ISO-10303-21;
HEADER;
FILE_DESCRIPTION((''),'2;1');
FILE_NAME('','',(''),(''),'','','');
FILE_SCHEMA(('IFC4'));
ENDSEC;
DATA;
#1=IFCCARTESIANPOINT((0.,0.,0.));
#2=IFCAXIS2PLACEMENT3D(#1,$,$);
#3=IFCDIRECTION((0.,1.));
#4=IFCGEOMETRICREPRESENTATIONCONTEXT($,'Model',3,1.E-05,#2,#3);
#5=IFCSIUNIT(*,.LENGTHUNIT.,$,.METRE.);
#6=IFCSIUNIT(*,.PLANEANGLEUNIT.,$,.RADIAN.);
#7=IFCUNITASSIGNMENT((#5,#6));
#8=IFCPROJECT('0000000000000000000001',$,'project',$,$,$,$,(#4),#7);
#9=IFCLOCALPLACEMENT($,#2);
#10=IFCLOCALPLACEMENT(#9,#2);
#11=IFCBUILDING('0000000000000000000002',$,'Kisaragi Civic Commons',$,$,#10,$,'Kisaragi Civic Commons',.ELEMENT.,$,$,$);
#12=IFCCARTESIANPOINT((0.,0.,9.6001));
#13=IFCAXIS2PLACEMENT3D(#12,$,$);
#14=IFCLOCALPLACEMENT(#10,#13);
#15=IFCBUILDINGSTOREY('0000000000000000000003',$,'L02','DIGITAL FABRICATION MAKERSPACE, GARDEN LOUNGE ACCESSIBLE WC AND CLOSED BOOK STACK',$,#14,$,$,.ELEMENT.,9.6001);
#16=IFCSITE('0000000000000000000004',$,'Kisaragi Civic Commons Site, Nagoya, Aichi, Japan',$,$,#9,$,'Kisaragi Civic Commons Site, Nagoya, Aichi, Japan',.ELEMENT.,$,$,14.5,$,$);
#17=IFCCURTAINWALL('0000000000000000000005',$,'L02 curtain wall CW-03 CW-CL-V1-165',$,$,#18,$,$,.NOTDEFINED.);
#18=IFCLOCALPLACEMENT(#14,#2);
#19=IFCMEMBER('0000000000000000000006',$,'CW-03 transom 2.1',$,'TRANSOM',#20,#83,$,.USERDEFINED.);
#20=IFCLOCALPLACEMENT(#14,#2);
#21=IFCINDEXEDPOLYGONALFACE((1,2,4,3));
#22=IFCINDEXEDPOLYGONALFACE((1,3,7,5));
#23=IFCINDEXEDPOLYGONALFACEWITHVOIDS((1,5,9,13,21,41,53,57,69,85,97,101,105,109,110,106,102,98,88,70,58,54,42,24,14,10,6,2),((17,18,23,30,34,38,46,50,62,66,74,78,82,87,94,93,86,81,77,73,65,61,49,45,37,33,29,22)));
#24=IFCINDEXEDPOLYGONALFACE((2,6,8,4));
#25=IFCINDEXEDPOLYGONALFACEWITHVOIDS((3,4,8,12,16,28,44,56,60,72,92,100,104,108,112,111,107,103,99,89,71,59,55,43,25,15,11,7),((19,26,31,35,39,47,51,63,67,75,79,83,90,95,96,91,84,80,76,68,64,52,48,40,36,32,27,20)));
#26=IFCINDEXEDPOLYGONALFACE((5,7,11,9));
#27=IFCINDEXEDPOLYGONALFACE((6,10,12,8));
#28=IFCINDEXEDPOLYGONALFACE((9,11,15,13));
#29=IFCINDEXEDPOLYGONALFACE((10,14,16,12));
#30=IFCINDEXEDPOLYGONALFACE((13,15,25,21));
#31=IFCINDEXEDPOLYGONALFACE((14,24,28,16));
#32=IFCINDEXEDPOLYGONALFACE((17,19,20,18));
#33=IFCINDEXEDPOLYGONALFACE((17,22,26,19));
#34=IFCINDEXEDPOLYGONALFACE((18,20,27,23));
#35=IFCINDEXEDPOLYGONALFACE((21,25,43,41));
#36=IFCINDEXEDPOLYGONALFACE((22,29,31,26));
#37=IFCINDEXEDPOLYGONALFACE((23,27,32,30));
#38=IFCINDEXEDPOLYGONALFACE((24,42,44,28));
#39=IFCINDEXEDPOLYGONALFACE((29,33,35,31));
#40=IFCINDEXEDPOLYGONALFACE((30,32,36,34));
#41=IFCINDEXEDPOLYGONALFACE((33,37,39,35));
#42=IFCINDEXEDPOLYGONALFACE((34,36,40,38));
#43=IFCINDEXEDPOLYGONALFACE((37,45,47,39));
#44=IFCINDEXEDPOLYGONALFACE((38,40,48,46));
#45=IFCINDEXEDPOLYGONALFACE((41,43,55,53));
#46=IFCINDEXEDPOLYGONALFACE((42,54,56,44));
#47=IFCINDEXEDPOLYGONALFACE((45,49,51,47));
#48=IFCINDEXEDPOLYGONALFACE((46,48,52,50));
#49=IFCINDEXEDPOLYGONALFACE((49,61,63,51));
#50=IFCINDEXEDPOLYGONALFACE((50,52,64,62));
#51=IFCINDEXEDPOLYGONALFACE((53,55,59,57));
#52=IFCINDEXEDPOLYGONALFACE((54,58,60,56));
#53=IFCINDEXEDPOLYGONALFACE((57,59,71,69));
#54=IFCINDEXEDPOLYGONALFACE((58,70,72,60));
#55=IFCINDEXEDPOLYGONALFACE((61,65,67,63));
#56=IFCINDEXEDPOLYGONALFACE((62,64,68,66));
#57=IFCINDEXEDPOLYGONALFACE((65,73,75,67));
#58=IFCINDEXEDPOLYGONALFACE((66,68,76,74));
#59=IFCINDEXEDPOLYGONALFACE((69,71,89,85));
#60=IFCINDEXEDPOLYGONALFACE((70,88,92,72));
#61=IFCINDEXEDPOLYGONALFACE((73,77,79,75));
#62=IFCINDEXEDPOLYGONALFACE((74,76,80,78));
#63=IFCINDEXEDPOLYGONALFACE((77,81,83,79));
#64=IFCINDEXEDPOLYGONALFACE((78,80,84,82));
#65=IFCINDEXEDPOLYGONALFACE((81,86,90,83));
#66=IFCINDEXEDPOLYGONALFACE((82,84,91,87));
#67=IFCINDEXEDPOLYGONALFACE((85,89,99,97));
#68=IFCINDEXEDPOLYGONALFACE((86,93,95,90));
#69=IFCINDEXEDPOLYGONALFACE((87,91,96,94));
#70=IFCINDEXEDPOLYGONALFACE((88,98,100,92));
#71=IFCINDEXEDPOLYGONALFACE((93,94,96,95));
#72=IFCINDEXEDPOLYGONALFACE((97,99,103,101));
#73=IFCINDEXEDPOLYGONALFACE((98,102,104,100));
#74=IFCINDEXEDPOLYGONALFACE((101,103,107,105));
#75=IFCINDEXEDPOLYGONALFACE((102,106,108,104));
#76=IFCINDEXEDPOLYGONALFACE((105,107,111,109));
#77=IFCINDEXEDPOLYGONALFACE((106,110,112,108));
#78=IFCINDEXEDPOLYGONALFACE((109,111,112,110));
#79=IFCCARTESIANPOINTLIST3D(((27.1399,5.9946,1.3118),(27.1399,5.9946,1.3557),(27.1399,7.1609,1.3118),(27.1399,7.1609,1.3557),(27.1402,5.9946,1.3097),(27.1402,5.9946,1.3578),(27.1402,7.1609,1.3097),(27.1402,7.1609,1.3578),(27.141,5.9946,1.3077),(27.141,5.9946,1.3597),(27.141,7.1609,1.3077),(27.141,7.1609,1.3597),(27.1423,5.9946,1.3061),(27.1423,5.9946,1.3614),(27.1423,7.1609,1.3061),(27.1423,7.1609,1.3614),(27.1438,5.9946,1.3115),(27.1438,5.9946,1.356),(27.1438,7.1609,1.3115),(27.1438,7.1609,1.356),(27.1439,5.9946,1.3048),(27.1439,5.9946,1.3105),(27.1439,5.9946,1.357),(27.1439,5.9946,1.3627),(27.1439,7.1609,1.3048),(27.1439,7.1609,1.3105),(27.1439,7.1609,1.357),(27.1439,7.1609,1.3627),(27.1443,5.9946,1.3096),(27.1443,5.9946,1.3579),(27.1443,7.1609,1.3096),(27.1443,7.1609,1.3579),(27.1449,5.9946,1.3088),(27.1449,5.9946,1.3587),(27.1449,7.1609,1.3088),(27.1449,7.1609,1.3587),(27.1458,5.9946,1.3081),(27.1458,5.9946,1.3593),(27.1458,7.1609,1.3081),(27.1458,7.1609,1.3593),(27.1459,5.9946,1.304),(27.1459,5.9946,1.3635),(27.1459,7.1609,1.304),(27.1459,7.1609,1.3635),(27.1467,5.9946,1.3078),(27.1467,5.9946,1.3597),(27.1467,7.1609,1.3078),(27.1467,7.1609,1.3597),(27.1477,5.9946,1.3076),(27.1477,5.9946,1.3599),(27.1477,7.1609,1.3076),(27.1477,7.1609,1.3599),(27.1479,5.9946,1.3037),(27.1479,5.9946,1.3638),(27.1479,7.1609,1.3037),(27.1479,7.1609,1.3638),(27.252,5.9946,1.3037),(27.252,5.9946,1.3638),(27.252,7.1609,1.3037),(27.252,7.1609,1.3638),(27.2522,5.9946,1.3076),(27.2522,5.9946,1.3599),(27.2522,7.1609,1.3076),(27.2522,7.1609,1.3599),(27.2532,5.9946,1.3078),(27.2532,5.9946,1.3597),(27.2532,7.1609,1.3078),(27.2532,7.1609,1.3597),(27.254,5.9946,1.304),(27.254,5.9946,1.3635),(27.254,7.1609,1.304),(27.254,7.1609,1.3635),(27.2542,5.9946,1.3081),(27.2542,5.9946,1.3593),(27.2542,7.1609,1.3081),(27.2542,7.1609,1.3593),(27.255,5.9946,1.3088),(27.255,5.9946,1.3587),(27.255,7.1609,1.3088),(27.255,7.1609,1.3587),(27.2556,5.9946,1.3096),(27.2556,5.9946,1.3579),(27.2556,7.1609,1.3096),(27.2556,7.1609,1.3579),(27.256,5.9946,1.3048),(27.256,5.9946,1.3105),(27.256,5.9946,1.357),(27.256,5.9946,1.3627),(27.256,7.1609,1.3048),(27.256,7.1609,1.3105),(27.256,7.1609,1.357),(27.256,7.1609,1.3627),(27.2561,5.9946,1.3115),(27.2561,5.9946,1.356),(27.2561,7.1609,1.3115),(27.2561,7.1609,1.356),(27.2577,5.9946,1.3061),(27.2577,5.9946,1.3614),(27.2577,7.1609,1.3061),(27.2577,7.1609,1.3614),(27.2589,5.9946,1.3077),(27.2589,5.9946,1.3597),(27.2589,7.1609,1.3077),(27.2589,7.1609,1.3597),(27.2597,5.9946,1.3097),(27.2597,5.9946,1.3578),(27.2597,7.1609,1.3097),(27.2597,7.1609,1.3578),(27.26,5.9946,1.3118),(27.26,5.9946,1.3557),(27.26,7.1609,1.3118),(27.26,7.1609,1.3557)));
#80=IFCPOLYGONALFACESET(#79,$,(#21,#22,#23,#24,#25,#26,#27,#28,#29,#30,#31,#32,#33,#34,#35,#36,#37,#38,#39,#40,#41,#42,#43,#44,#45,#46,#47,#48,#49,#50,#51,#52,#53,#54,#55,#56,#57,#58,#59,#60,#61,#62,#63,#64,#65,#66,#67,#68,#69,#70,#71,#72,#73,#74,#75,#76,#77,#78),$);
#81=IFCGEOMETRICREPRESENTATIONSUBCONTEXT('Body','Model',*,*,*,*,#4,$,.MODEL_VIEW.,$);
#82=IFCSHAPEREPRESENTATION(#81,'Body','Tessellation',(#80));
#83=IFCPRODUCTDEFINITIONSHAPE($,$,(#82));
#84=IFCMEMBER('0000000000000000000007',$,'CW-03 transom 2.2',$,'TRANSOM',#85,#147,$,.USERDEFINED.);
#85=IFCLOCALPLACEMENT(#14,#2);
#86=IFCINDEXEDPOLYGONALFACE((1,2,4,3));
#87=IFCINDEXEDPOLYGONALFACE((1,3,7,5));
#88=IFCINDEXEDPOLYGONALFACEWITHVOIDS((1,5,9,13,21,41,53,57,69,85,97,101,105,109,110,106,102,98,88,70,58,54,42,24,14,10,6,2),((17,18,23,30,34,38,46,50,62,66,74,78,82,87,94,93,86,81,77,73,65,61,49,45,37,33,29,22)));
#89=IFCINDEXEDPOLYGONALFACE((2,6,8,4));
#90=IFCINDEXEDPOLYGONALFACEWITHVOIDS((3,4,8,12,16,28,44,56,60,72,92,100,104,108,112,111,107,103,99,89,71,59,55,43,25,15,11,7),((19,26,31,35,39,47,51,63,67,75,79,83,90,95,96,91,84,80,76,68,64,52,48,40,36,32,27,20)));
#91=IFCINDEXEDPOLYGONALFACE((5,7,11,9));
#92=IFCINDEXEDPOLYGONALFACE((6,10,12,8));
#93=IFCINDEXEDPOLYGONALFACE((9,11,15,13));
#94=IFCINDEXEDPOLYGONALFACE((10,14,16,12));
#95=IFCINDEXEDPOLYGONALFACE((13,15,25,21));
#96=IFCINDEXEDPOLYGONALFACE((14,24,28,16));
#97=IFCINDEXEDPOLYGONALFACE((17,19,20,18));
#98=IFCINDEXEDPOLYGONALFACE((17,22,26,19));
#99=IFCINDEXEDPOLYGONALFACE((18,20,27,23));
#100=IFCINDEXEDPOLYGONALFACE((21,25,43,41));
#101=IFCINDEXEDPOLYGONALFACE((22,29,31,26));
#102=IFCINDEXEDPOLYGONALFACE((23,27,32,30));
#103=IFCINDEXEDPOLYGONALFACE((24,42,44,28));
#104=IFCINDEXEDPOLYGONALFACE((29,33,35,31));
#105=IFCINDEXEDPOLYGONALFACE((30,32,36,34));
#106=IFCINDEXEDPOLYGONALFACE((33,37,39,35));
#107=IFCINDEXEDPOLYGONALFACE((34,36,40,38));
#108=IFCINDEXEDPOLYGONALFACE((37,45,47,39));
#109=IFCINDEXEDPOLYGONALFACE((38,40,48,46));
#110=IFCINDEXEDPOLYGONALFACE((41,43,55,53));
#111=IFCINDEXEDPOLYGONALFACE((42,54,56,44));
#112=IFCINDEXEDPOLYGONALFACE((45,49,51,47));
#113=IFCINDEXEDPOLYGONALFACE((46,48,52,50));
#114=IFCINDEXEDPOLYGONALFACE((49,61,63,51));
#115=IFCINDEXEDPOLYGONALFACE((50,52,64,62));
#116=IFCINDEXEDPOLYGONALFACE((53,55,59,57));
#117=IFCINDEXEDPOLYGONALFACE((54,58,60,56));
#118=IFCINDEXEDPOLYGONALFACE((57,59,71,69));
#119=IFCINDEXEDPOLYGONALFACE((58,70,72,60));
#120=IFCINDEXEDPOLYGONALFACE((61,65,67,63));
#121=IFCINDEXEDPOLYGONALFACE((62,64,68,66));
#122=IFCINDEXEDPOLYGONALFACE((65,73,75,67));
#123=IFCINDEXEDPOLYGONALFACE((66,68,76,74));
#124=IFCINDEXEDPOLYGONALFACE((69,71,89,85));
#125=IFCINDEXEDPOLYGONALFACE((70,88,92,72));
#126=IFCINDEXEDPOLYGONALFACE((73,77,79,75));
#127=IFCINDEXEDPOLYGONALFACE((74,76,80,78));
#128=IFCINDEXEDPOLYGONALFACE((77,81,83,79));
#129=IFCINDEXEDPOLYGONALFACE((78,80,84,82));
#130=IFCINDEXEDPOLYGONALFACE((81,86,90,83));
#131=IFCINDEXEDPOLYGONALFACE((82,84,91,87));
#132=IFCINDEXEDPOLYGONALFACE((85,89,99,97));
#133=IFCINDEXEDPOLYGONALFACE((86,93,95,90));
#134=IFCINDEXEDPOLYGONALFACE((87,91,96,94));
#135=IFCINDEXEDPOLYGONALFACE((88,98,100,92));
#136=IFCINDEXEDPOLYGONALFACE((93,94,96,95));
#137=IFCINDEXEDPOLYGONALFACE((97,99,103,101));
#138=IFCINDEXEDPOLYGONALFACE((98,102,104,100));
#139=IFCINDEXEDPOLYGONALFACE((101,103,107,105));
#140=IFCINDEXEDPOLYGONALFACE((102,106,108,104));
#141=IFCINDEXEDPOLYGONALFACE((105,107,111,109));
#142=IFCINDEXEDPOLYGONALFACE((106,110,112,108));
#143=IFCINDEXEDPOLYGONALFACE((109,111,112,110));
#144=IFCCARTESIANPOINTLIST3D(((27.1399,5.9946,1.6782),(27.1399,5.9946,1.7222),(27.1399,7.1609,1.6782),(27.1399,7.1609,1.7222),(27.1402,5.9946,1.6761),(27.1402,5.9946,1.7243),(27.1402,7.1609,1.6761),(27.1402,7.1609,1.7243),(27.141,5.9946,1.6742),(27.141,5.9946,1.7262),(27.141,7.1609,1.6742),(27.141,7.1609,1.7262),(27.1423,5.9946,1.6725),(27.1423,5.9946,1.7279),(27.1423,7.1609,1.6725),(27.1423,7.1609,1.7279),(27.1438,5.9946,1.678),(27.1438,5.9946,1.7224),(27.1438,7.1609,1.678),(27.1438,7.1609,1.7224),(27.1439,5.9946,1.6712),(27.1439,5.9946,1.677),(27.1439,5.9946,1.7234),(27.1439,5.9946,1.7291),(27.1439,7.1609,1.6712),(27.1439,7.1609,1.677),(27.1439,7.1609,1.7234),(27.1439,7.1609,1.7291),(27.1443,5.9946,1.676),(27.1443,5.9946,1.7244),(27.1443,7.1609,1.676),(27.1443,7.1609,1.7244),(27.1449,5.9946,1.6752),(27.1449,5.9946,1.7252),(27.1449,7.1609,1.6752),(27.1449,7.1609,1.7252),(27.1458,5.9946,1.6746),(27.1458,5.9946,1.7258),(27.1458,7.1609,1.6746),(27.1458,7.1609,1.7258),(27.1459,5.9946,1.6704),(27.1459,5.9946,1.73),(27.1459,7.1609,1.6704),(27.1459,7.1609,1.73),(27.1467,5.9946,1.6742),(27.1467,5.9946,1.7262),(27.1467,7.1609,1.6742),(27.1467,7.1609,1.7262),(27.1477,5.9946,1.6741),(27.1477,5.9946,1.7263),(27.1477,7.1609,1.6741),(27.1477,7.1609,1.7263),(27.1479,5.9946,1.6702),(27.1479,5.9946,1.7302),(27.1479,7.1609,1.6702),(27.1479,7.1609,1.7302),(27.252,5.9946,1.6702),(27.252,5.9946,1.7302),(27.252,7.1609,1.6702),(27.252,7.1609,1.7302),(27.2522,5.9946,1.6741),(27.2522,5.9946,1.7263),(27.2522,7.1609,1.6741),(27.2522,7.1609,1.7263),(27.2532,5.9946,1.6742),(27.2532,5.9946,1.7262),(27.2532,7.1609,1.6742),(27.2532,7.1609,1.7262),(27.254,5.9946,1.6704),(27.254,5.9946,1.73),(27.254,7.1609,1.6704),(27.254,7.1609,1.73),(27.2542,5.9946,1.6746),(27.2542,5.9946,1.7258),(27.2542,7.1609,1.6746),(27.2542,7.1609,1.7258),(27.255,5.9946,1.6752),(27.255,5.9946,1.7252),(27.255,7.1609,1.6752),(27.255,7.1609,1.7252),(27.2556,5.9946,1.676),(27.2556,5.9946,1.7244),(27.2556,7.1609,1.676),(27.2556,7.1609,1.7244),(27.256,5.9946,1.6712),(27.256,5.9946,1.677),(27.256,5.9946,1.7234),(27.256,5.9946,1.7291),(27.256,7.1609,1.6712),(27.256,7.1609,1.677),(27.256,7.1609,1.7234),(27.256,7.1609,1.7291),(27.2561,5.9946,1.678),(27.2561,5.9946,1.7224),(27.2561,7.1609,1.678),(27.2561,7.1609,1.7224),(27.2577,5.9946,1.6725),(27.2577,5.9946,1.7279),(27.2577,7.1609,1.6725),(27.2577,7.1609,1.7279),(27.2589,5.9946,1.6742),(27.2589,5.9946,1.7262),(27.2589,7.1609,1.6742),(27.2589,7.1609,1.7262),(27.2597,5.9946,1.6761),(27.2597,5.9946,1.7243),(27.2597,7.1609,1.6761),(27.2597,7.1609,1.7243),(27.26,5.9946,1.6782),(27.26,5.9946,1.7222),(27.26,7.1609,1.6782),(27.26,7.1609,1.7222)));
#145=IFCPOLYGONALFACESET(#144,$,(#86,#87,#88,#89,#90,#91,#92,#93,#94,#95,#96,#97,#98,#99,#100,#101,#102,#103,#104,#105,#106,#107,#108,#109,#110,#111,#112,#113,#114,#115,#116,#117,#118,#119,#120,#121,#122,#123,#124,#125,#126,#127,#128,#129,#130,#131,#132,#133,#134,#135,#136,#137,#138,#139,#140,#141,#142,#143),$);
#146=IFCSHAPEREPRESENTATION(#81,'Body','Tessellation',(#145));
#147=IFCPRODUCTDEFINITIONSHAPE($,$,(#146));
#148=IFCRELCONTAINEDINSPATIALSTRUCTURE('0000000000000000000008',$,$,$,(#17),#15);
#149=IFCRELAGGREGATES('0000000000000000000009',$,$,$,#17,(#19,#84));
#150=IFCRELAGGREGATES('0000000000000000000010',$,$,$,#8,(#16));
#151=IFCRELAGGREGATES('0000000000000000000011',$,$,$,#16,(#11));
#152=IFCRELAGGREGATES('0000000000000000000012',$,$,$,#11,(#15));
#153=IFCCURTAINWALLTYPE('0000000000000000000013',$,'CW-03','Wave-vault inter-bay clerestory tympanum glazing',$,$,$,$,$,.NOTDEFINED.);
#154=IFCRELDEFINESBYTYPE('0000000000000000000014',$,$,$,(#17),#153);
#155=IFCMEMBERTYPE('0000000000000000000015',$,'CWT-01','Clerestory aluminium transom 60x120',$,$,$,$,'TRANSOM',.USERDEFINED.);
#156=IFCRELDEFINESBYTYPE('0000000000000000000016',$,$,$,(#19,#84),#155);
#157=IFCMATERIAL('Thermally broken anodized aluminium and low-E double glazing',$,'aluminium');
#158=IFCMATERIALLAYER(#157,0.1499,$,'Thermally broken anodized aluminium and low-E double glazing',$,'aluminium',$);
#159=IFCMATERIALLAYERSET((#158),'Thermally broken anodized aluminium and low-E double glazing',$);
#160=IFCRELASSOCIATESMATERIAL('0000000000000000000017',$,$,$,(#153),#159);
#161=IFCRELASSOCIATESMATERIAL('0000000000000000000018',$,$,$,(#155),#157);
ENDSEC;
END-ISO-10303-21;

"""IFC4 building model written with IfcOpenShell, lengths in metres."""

from ifc_helpers import new_model, si_unit, direction, frame, origin, origin_2d, place, context, subcontext, project, spatial, hollow_rectangle, extrude, material, layer, layer_set, material_profile, profile_set, type_object, element, aggregate, save


model = new_model("IFC4")

# Units and contexts
model_context = context("Model", 3, precision=1e-05, world=origin(), true_north=direction((0.0, 1.0)))
body_context = subcontext(model_context, "Body", "Model", "MODEL_VIEW")
ifc_project = project(units=[si_unit("LENGTHUNIT", "METRE"), si_unit("PLANEANGLEUNIT", "RADIAN")], contexts=[model_context])

# Site, building, storey
site_placement = place(None, origin())
site = spatial("IfcSite", under=ifc_project, at=site_placement, Name="Kisaragi Civic Commons Site, Nagoya, Aichi, Japan", LongName="Kisaragi Civic Commons Site, Nagoya, Aichi, Japan", CompositionType="ELEMENT", RefElevation=14.5)
building_placement = place(site_placement, origin())
building = spatial("IfcBuilding", under=site, at=building_placement, Name="Kisaragi Civic Commons", LongName="Kisaragi Civic Commons", CompositionType="ELEMENT")
storey_placement = place(building_placement, frame((0.0, 0.0, 9.6001)))
storey = spatial("IfcBuildingStorey", under=building, at=storey_placement, Name="L02", Description="DIGITAL FABRICATION MAKERSPACE, GARDEN LOUNGE ACCESSIBLE WC AND CLOSED BOOK STACK", CompositionType="ELEMENT", Elevation=9.6001)

# Curtain wall
ifc_material_1 = material(Name="Thermally broken anodized aluminium and low-E double glazing", Category="aluminium")
ifc_layer_1 = layer(ifc_material_1, 0.1499, Name="Thermally broken anodized aluminium and low-E double glazing", Category="aluminium")
ifc_layer_set_1 = layer_set([ifc_layer_1], Name="Thermally broken anodized aluminium and low-E double glazing")
curtain_wall_type = type_object("IfcCurtainWallType", Name="CW-03", Description="Wave-vault inter-bay clerestory tympanum glazing", PredefinedType="NOTDEFINED", material=ifc_layer_set_1)
curtain_wall_1_placement = place(storey_placement, origin())
curtain_wall_1 = element("IfcCurtainWall", 1, at=curtain_wall_1_placement, inside=storey, type_object=curtain_wall_type, Name="L02 curtain wall CW-03 CW-CL-V1-165", PredefinedType="NOTDEFINED")

# Members
ifc_material_profile_1 = material_profile(ifc_material_1, hollow_rectangle(XDim=0.1201, YDim=0.0601, WallThickness=0.0039, InnerFilletRadius=0.0039, OuterFilletRadius=0.0081, at=origin_2d()), Name="CWT-60x120x4", Category="aluminium")
ifc_profile_set_1 = profile_set([ifc_material_profile_1], Name="Thermally broken anodized aluminium and low-E double glazing")
member_type_1 = type_object("IfcMemberType", Name="CWT-01", Description="Clerestory aluminium transom 60x120", ElementType="TRANSOM", PredefinedType="USERDEFINED", material=ifc_profile_set_1)
member_1_placement = place(storey_placement, frame((27.2, 5.9946, 1.3337), z_axis=(0.0, 1.0, 0.0), x_axis=(-1.0, 0.0, 0.0)))
member_1 = element("IfcMember", 2, at=member_1_placement, type_object=member_type_1, Name="CW-03 transom 2.1", ObjectType="TRANSOM", PredefinedType="USERDEFINED", context=body_context, shape_type="SweptSolid", body=[
    extrude(hollow_rectangle(XDim=0.1201, YDim=0.0601, WallThickness=0.0039, InnerFilletRadius=0.0039, OuterFilletRadius=0.0081, at=origin_2d()), origin(), (0.0, 0.0, 1.0), 1.1663),
])
member_2_placement = place(storey_placement, frame((27.2, 5.9946, 1.7002), z_axis=(0.0, 1.0, 0.0), x_axis=(-1.0, 0.0, 0.0)))
member_2 = element("IfcMember", 3, at=member_2_placement, type_object=member_type_1, Name="CW-03 transom 2.2", ObjectType="TRANSOM", PredefinedType="USERDEFINED", context=body_context, shape_type="SweptSolid", body=[
    extrude(hollow_rectangle(XDim=0.1201, YDim=0.0601, WallThickness=0.0039, InnerFilletRadius=0.0039, OuterFilletRadius=0.0081, at=origin_2d()), origin(), (0.0, 0.0, 1.0), 1.1663),
])

aggregate(curtain_wall_1, [member_1, member_2])

save(model, "model.ifc")
